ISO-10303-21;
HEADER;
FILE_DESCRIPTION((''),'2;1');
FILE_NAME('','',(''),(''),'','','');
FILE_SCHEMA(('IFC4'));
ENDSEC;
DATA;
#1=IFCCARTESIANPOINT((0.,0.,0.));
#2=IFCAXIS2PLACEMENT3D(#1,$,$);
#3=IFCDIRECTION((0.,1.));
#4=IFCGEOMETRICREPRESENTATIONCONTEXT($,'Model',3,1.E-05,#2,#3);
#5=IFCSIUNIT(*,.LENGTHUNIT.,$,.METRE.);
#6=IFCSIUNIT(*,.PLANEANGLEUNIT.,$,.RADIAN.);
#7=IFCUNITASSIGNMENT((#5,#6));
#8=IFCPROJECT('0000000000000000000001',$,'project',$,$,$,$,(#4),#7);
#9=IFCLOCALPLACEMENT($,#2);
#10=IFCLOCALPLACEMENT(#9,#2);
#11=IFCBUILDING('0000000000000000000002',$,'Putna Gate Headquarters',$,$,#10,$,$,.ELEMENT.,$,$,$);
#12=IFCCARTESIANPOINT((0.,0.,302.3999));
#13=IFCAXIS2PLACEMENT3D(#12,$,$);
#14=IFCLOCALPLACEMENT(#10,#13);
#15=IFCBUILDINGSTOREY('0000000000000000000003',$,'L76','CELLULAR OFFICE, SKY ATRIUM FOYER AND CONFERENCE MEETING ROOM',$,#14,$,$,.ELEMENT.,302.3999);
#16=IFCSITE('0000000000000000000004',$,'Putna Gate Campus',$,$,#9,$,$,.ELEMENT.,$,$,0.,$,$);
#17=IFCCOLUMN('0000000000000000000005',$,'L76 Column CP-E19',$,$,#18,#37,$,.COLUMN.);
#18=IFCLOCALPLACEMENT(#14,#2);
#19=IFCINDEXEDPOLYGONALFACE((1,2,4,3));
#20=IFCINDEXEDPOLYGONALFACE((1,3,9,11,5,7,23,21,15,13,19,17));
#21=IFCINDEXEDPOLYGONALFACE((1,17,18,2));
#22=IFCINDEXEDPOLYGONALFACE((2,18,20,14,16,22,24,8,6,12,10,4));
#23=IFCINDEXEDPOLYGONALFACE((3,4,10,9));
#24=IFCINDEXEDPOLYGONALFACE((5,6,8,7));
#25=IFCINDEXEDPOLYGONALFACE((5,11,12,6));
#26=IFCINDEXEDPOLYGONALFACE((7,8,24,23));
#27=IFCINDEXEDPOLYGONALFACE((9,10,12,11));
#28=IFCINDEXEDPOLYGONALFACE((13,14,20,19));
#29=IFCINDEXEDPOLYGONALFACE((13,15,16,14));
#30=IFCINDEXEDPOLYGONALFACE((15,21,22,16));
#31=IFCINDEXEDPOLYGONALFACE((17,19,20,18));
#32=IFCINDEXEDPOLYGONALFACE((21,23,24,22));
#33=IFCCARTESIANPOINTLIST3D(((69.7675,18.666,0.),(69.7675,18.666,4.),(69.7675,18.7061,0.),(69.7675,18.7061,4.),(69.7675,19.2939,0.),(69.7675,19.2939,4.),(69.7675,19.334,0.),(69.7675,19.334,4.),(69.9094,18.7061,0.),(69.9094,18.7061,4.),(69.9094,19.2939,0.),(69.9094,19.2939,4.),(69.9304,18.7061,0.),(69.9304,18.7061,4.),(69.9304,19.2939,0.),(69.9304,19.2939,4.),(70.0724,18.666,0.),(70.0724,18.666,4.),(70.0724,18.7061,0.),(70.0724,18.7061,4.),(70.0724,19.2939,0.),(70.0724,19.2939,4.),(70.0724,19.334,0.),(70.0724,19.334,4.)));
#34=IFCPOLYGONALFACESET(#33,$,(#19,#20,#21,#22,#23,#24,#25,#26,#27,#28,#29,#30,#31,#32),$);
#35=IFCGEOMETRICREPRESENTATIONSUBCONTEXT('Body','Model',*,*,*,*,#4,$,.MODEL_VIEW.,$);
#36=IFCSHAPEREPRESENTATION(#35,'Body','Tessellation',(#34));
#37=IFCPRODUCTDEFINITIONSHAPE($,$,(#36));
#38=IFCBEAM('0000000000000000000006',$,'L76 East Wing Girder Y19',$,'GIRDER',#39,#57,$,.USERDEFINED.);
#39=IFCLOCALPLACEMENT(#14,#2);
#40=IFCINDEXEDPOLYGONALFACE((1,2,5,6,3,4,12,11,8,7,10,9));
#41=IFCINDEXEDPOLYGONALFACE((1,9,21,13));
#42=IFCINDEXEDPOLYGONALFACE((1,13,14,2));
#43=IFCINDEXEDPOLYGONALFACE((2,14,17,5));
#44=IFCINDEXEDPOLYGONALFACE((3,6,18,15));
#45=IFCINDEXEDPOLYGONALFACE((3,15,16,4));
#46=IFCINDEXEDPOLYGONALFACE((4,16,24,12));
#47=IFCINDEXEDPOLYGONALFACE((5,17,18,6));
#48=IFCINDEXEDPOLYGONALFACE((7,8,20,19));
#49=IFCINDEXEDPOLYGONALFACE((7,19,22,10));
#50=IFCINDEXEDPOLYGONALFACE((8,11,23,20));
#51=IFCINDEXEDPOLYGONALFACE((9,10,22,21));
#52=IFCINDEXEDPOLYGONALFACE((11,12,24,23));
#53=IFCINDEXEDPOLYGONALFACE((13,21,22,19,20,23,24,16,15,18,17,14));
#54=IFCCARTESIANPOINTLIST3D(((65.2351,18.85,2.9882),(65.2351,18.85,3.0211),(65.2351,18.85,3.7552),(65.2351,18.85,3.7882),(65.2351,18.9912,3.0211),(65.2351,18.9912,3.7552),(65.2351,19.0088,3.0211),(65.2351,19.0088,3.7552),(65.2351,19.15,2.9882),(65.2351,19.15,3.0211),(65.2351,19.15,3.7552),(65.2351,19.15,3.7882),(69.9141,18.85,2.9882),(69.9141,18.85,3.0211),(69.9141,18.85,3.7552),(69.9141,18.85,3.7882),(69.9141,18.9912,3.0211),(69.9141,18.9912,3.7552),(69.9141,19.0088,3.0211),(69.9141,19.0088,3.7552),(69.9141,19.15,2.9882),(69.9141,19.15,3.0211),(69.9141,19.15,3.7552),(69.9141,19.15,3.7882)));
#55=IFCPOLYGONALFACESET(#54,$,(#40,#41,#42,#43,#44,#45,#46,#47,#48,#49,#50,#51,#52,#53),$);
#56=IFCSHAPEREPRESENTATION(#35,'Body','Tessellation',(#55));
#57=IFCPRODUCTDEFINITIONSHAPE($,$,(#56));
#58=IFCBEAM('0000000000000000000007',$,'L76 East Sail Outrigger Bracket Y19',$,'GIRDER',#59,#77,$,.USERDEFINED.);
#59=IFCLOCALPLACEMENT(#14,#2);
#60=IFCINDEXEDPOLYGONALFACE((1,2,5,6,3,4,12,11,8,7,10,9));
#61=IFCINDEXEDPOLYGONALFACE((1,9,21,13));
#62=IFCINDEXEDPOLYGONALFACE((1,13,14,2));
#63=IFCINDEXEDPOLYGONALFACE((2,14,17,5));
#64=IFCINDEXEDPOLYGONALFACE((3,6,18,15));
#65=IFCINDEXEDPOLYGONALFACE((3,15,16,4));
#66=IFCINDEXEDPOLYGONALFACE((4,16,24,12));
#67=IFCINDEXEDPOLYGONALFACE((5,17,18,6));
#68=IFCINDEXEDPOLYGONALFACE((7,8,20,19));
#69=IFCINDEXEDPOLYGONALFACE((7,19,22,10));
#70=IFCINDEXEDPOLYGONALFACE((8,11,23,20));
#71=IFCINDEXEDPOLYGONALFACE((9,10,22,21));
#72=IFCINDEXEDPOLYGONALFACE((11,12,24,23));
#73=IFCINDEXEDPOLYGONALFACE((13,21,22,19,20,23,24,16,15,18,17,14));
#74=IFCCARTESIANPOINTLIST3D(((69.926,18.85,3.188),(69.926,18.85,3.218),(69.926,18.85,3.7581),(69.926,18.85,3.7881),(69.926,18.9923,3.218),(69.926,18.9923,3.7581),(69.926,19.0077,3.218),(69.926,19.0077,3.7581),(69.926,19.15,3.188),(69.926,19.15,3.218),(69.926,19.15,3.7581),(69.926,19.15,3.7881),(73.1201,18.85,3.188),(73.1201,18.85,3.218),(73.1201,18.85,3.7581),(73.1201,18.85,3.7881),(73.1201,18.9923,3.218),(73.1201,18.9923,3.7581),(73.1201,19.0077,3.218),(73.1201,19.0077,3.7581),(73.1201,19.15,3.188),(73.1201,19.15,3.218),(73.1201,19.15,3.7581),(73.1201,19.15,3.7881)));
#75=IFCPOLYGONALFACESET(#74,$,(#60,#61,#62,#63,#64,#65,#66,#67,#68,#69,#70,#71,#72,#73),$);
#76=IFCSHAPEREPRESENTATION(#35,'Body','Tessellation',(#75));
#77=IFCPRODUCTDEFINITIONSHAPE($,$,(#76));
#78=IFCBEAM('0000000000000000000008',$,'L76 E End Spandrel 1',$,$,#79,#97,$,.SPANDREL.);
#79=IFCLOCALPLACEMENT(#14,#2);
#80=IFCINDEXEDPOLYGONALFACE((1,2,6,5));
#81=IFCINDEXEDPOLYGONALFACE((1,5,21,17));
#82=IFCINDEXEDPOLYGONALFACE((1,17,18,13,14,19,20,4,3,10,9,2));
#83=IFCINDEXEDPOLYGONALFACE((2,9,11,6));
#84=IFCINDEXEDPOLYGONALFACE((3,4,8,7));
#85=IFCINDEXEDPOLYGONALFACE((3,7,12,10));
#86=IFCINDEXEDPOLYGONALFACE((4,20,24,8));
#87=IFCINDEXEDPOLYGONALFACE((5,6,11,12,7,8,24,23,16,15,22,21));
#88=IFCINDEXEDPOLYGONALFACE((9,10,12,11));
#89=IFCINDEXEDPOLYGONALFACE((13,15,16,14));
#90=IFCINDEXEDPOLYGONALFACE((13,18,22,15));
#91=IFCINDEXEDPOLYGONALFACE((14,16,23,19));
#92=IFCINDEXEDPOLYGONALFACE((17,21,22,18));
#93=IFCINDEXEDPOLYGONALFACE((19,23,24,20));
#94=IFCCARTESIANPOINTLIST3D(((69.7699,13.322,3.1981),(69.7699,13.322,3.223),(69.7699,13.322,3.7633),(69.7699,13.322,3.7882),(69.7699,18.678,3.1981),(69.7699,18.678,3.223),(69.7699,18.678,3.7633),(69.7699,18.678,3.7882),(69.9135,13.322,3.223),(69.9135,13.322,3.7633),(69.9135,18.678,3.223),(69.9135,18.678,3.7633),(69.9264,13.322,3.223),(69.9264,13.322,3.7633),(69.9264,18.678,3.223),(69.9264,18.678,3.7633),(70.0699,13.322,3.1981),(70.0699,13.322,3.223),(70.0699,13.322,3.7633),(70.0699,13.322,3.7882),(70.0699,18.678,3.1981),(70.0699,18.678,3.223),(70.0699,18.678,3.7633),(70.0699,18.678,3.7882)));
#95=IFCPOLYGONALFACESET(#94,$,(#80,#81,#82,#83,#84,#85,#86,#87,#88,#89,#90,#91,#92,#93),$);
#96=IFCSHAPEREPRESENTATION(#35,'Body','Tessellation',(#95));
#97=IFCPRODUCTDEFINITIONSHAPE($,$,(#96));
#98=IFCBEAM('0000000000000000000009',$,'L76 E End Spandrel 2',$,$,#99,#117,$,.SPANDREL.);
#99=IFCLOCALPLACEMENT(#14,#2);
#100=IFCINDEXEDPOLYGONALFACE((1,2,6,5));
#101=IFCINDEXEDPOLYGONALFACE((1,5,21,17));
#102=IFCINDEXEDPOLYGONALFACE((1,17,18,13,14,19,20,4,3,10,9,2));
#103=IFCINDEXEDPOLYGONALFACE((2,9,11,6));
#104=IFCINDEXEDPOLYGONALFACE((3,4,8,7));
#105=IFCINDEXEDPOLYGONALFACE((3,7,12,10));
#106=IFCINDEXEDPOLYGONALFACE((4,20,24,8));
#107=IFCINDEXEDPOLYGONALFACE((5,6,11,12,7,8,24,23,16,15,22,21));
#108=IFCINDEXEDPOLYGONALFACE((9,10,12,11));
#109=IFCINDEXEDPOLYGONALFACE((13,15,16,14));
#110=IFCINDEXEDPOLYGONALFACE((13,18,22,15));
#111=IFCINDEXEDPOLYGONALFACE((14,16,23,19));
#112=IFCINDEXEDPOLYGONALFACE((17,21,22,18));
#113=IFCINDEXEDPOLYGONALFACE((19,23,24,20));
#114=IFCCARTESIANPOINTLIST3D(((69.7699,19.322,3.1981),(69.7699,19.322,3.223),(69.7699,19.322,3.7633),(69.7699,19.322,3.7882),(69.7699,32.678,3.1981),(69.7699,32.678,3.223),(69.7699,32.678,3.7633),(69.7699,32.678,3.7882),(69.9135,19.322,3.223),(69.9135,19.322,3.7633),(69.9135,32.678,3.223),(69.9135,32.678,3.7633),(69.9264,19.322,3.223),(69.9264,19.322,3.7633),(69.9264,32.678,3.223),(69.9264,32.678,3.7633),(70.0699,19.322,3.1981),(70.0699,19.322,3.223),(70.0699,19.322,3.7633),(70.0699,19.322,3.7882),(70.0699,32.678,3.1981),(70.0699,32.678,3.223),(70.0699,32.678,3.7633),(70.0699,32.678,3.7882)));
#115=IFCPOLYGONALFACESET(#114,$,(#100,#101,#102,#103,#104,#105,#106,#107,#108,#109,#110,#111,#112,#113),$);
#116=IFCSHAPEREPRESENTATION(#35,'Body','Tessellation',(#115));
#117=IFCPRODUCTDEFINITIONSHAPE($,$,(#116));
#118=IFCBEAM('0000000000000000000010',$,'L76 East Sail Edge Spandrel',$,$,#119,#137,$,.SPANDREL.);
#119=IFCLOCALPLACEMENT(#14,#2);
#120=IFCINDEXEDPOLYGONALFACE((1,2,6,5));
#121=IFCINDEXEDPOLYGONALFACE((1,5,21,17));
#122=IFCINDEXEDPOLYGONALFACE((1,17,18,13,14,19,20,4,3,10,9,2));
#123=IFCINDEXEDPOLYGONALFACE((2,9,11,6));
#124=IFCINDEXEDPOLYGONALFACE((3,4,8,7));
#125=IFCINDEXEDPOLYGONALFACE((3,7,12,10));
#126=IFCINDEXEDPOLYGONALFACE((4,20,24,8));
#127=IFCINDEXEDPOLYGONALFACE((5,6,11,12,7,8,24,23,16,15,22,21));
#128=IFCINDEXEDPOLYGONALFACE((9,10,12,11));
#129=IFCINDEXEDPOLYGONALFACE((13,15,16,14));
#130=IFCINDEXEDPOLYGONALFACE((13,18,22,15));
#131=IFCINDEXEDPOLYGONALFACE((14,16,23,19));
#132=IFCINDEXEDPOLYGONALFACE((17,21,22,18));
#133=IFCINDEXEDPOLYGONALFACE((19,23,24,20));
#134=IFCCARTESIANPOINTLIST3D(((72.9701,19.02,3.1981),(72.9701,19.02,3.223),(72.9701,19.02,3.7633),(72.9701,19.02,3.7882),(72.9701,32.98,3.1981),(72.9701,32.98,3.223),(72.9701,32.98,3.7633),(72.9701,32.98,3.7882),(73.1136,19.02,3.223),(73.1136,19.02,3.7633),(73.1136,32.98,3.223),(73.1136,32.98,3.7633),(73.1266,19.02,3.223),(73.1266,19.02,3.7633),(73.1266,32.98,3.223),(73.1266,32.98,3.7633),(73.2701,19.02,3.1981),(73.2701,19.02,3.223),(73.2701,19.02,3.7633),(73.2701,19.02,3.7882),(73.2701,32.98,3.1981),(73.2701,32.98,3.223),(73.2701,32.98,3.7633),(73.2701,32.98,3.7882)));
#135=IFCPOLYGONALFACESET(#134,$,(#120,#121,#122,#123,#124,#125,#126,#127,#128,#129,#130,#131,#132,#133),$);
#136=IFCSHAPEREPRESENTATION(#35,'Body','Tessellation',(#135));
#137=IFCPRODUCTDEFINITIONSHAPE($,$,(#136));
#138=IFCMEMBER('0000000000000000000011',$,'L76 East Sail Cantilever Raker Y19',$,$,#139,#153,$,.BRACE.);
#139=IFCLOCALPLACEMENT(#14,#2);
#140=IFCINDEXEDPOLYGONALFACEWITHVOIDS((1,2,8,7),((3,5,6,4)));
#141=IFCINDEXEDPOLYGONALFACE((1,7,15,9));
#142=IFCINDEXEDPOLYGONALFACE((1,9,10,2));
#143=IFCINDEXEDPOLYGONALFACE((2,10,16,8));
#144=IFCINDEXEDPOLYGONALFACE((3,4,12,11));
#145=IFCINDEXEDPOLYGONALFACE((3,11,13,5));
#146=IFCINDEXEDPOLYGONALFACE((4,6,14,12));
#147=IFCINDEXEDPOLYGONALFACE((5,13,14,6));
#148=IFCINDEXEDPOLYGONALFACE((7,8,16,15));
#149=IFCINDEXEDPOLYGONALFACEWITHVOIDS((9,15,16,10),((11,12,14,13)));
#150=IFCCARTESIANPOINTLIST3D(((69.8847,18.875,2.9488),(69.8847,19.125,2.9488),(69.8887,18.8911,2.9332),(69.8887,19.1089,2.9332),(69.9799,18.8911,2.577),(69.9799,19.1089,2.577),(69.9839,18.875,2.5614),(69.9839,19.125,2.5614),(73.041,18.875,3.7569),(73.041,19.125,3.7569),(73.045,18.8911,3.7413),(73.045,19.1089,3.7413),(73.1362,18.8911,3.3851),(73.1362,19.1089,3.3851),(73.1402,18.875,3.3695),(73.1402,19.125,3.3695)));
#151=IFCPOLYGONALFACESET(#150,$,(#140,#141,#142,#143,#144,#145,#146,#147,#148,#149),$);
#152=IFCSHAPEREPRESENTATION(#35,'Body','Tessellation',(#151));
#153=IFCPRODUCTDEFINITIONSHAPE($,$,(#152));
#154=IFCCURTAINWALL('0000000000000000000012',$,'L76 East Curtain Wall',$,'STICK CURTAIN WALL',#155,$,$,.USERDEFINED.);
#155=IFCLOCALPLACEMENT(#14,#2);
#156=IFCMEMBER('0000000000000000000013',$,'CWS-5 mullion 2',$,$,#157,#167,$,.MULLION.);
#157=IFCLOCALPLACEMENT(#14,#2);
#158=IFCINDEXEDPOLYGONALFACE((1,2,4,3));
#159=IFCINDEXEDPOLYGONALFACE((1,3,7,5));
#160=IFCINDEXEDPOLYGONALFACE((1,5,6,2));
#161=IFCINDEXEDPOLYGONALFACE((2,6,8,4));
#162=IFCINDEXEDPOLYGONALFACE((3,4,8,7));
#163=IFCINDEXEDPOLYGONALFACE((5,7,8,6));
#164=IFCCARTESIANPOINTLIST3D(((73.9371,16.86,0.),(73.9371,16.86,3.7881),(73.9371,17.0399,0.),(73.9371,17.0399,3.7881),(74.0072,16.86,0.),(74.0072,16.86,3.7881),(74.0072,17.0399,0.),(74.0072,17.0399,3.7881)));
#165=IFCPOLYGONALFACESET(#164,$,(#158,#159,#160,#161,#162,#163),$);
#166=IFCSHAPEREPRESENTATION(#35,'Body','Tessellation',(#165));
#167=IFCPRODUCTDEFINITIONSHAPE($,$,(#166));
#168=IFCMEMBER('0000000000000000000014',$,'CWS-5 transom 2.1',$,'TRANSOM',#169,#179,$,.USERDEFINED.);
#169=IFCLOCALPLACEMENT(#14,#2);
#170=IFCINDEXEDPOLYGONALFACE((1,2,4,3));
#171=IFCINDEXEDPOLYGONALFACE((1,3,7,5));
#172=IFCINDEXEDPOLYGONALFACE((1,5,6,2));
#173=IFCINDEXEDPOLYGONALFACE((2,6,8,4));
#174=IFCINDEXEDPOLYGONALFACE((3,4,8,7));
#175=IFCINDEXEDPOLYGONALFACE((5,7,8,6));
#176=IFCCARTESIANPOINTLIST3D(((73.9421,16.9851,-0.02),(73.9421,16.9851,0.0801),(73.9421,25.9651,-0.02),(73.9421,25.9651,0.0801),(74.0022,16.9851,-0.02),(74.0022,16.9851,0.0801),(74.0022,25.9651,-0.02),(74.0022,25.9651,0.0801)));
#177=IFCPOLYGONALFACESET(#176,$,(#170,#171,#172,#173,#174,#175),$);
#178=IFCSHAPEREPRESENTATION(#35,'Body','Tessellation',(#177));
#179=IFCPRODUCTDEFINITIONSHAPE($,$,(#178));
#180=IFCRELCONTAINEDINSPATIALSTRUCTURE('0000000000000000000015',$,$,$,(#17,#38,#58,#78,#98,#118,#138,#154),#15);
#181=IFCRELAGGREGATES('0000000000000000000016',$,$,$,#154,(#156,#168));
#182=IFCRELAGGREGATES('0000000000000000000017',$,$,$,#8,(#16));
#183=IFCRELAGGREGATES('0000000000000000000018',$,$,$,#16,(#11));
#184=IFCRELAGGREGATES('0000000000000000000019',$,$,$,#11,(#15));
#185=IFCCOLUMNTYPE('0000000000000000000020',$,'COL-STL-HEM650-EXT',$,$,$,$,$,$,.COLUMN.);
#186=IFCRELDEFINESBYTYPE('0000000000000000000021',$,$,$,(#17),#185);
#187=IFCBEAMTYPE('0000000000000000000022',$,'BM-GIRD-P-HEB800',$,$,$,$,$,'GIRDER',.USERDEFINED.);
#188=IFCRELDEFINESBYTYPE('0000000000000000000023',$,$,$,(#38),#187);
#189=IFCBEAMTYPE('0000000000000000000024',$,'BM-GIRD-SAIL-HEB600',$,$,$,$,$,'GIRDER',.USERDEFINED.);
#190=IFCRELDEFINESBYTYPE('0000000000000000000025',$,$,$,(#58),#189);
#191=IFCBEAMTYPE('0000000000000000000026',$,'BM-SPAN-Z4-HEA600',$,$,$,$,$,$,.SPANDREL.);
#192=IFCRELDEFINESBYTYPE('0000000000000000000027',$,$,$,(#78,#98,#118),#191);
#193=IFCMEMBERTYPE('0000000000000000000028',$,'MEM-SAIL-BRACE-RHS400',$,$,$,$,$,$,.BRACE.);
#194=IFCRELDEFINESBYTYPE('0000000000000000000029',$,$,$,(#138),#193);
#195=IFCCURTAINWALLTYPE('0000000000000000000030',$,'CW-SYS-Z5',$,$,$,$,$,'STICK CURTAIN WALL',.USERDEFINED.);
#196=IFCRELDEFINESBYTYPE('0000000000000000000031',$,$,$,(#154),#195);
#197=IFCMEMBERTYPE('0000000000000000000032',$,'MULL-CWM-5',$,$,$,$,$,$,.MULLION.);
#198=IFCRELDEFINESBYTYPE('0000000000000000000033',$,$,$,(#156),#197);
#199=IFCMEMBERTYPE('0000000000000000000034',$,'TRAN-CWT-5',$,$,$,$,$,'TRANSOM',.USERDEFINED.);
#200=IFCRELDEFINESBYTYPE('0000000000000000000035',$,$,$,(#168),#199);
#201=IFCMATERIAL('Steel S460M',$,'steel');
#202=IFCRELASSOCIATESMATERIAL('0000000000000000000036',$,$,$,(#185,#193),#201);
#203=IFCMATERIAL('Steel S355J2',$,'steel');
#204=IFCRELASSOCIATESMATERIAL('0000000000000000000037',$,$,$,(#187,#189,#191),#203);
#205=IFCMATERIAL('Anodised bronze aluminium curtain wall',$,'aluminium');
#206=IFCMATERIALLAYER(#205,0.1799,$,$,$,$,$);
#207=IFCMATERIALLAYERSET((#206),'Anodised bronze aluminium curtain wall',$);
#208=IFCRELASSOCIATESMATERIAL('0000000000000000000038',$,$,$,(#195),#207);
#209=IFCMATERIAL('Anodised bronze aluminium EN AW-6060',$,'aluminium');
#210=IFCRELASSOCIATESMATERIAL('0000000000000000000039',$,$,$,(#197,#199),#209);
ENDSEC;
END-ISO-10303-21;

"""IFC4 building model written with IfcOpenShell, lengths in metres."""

from ifc_helpers import new_model, si_unit, direction, frame, origin, origin_2d, place, context, subcontext, project, spatial, rectangle, hollow_rectangle, i_section, extrude, material, layer, layer_set, material_profile, profile_set, type_object, element, aggregate, save


model = new_model("IFC4")

# Units and contexts
model_context = context("Model", 3, precision=1e-05, world=origin(), true_north=direction((0.0, 1.0)))
body_context = subcontext(model_context, "Body", "Model", "MODEL_VIEW")
ifc_project = project(units=[si_unit("LENGTHUNIT", "METRE"), si_unit("PLANEANGLEUNIT", "RADIAN")], contexts=[model_context])

# Site, building, storey
site_placement = place(None, origin())
site = spatial("IfcSite", under=ifc_project, at=site_placement, Name="Putna Gate Campus", CompositionType="ELEMENT", RefElevation=0.0)
building_placement = place(site_placement, origin())
building = spatial("IfcBuilding", under=site, at=building_placement, Name="Putna Gate Headquarters", CompositionType="ELEMENT")
storey_placement = place(building_placement, frame((0.0, 0.0, 302.3999)))
storey = spatial("IfcBuildingStorey", under=building, at=storey_placement, Name="L76", Description="CELLULAR OFFICE, SKY ATRIUM FOYER AND CONFERENCE MEETING ROOM", CompositionType="ELEMENT", Elevation=302.3999)

# Column
ifc_material_1 = material(Name="Steel S460M", Category="steel")
ifc_material_profile_1 = material_profile(ifc_material_1, i_section(OverallWidth=0.3049, OverallDepth=0.668, WebThickness=0.021, FlangeThickness=0.04, at=origin_2d()), Name="Steel S460M")
ifc_profile_set_1 = profile_set([ifc_material_profile_1], Name="Steel S460M")
column_type = type_object("IfcColumnType", Name="COL-STL-HEM650-EXT", PredefinedType="COLUMN", material=ifc_profile_set_1)
column_placement = place(storey_placement, frame((69.9199, 19.0, 0.0), z_axis=(0.0, 0.0, 1.0), x_axis=(1.0, 0.0, 0.0)))
element("IfcColumn", 1, at=column_placement, inside=storey, type_object=column_type, Name="L76 Column CP-E19", PredefinedType="COLUMN", context=body_context, shape_type="SweptSolid", body=[
    extrude(i_section(OverallWidth=0.3049, OverallDepth=0.668, WebThickness=0.021, FlangeThickness=0.04, at=origin_2d()), origin(), (0.0, 0.0, 1.0), 4.0),
])

# Beams
ifc_material_2 = material(Name="Steel S355J2", Category="steel")
ifc_material_profile_2 = material_profile(ifc_material_2, i_section(OverallWidth=0.3, OverallDepth=0.8, WebThickness=0.0176, FlangeThickness=0.033, at=origin_2d()), Name="Steel S355J2")
ifc_profile_set_2 = profile_set([ifc_material_profile_2], Name="Steel S355J2")
beam_type_1 = type_object("IfcBeamType", Name="BM-GIRD-P-HEB800", ElementType="GIRDER", PredefinedType="USERDEFINED", material=ifc_profile_set_2)
beam_1_placement = place(storey_placement, frame((65.2351, 19.0, 3.3882), z_axis=(1.0, 0.0, 0.0), x_axis=(0.0, 1.0, 0.0)))
element("IfcBeam", 2, at=beam_1_placement, inside=storey, type_object=beam_type_1, Name="L76 East Wing Girder Y19", ObjectType="GIRDER", PredefinedType="USERDEFINED", context=body_context, shape_type="SweptSolid", body=[
    extrude(i_section(OverallWidth=0.3, OverallDepth=0.8, WebThickness=0.0176, FlangeThickness=0.033, at=origin_2d()), origin(), (0.0, 0.0, 1.0), 4.679),
])
ifc_material_profile_3 = material_profile(ifc_material_2, i_section(OverallWidth=0.3, OverallDepth=0.6001, WebThickness=0.0154, FlangeThickness=0.03, at=origin_2d()), Name="Steel S355J2")
ifc_profile_set_3 = profile_set([ifc_material_profile_3], Name="Steel S355J2")
beam_type_2 = type_object("IfcBeamType", Name="BM-GIRD-SAIL-HEB600", ElementType="GIRDER", PredefinedType="USERDEFINED", material=ifc_profile_set_3)
beam_2_placement = place(storey_placement, frame((69.926, 19.0, 3.488), z_axis=(1.0, 0.0, 0.0), x_axis=(0.0, 1.0, 0.0)))
element("IfcBeam", 3, at=beam_2_placement, inside=storey, type_object=beam_type_2, Name="L76 East Sail Outrigger Bracket Y19", ObjectType="GIRDER", PredefinedType="USERDEFINED", context=body_context, shape_type="SweptSolid", body=[
    extrude(i_section(OverallWidth=0.3, OverallDepth=0.6001, WebThickness=0.0154, FlangeThickness=0.03, at=origin_2d()), origin(), (0.0, 0.0, 1.0), 3.1941),
])
ifc_material_profile_4 = material_profile(ifc_material_2, i_section(OverallWidth=0.3, OverallDepth=0.5901, WebThickness=0.0129, FlangeThickness=0.0249, at=origin_2d()), Name="Steel S355J2")
ifc_profile_set_4 = profile_set([ifc_material_profile_4], Name="Steel S355J2")
beam_type_3 = type_object("IfcBeamType", Name="BM-SPAN-Z4-HEA600", PredefinedType="SPANDREL", material=ifc_profile_set_4)
beam_3_placement = place(storey_placement, frame((69.9199, 13.322, 3.4932), z_axis=(0.0, 1.0, 0.0), x_axis=(-1.0, 0.0, 0.0)))
element("IfcBeam", 4, at=beam_3_placement, inside=storey, type_object=beam_type_3, Name="L76 E End Spandrel 1", PredefinedType="SPANDREL", context=body_context, shape_type="SweptSolid", body=[
    extrude(i_section(OverallWidth=0.3, OverallDepth=0.5901, WebThickness=0.0129, FlangeThickness=0.0249, at=origin_2d()), origin(), (0.0, 0.0, 1.0), 5.356),
])
beam_4_placement = place(storey_placement, frame((69.9199, 19.322, 3.4932), z_axis=(0.0, 1.0, 0.0), x_axis=(-1.0, 0.0, 0.0)))
element("IfcBeam", 5, at=beam_4_placement, inside=storey, type_object=beam_type_3, Name="L76 E End Spandrel 2", PredefinedType="SPANDREL", context=body_context, shape_type="SweptSolid", body=[
    extrude(i_section(OverallWidth=0.3, OverallDepth=0.5901, WebThickness=0.0129, FlangeThickness=0.0249, at=origin_2d()), origin(), (0.0, 0.0, 1.0), 13.356),
])
beam_5_placement = place(storey_placement, frame((73.1201, 19.02, 3.4932), z_axis=(0.0, 1.0, 0.0), x_axis=(-1.0, 0.0, 0.0)))
element("IfcBeam", 6, at=beam_5_placement, inside=storey, type_object=beam_type_3, Name="L76 East Sail Edge Spandrel", PredefinedType="SPANDREL", context=body_context, shape_type="SweptSolid", body=[
    extrude(i_section(OverallWidth=0.3, OverallDepth=0.5901, WebThickness=0.0129, FlangeThickness=0.0249, at=origin_2d()), origin(), (0.0, 0.0, 1.0), 13.96),
])

# Member
ifc_material_profile_5 = material_profile(ifc_material_1, hollow_rectangle(XDim=0.25, YDim=0.3999, WallThickness=0.0161, at=origin_2d()), Name="Steel S460M")
ifc_profile_set_5 = profile_set([ifc_material_profile_5], Name="Steel S460M")
member_type_1 = type_object("IfcMemberType", Name="MEM-SAIL-BRACE-RHS400", PredefinedType="BRACE", material=ifc_profile_set_5)
member_1_placement = place(storey_placement, frame((69.9343, 19.0, 2.7551), z_axis=(0.968752, 0.0, 0.248033), x_axis=(0.0, 1.0, 0.0)))
element("IfcMember", 7, at=member_1_placement, inside=storey, type_object=member_type_1, Name="L76 East Sail Cantilever Raker Y19", PredefinedType="BRACE", context=body_context, shape_type="SweptSolid", body=[
    extrude(hollow_rectangle(XDim=0.25, YDim=0.3999, WallThickness=0.0161, at=origin_2d()), origin(), (0.0, 0.0, 1.0), 3.2581),
])

# Curtain wall, members
ifc_material_3 = material(Name="Anodised bronze aluminium curtain wall", Category="aluminium")
ifc_layer_1 = layer(ifc_material_3, 0.1799)
ifc_layer_set_1 = layer_set([ifc_layer_1], Name="Anodised bronze aluminium curtain wall")
curtain_wall_type = type_object("IfcCurtainWallType", Name="CW-SYS-Z5", ElementType="STICK CURTAIN WALL", PredefinedType="USERDEFINED", material=ifc_layer_set_1)
curtain_wall_placement = place(storey_placement, origin())
curtain_wall = element("IfcCurtainWall", 8, at=curtain_wall_placement, inside=storey, type_object=curtain_wall_type, Name="L76 East Curtain Wall", ObjectType="STICK CURTAIN WALL", PredefinedType="USERDEFINED")
ifc_material_4 = material(Name="Anodised bronze aluminium EN AW-6060", Category="aluminium")
ifc_material_profile_6 = material_profile(ifc_material_4, rectangle(XDim=0.0701, YDim=0.1799, at=origin_2d()), Name="Anodised bronze aluminium EN AW-6060")
ifc_profile_set_6 = profile_set([ifc_material_profile_6], Name="Anodised bronze aluminium EN AW-6060")
member_type_2 = type_object("IfcMemberType", Name="MULL-CWM-5", PredefinedType="MULLION", material=ifc_profile_set_6)
member_2_placement = place(storey_placement, frame((73.9722, 16.95, 0.0), z_axis=(0.0, 0.0, 1.0), x_axis=(-1.0, 0.0, 0.0)))
member_2 = element("IfcMember", 9, at=member_2_placement, type_object=member_type_2, Name="CWS-5 mullion 2", PredefinedType="MULLION", context=body_context, shape_type="SweptSolid", body=[
    extrude(rectangle(XDim=0.0701, YDim=0.1799, at=origin_2d()), origin(), (0.0, 0.0, 1.0), 3.7881),
])
ifc_material_profile_7 = material_profile(ifc_material_4, rectangle(XDim=0.0601, YDim=0.1001, at=origin_2d()), Name="Anodised bronze aluminium EN AW-6060")
ifc_profile_set_7 = profile_set([ifc_material_profile_7], Name="Anodised bronze aluminium EN AW-6060")
member_type_3 = type_object("IfcMemberType", Name="TRAN-CWT-5", ElementType="TRANSOM", PredefinedType="USERDEFINED", material=ifc_profile_set_7)
member_3_placement = place(storey_placement, frame((73.9722, 16.9851, 0.03), z_axis=(0.0, 1.0, 0.0), x_axis=(-1.0, 0.0, 0.0)))
member_3 = element("IfcMember", 10, at=member_3_placement, type_object=member_type_3, Name="CWS-5 transom 2.1", ObjectType="TRANSOM", PredefinedType="USERDEFINED", context=body_context, shape_type="SweptSolid", body=[
    extrude(rectangle(XDim=0.0601, YDim=0.1001, at=origin_2d()), origin(), (0.0, 0.0, 1.0), 8.98),
])
aggregate(curtain_wall, [member_2, member_3])

save(model, "model.ifc")
